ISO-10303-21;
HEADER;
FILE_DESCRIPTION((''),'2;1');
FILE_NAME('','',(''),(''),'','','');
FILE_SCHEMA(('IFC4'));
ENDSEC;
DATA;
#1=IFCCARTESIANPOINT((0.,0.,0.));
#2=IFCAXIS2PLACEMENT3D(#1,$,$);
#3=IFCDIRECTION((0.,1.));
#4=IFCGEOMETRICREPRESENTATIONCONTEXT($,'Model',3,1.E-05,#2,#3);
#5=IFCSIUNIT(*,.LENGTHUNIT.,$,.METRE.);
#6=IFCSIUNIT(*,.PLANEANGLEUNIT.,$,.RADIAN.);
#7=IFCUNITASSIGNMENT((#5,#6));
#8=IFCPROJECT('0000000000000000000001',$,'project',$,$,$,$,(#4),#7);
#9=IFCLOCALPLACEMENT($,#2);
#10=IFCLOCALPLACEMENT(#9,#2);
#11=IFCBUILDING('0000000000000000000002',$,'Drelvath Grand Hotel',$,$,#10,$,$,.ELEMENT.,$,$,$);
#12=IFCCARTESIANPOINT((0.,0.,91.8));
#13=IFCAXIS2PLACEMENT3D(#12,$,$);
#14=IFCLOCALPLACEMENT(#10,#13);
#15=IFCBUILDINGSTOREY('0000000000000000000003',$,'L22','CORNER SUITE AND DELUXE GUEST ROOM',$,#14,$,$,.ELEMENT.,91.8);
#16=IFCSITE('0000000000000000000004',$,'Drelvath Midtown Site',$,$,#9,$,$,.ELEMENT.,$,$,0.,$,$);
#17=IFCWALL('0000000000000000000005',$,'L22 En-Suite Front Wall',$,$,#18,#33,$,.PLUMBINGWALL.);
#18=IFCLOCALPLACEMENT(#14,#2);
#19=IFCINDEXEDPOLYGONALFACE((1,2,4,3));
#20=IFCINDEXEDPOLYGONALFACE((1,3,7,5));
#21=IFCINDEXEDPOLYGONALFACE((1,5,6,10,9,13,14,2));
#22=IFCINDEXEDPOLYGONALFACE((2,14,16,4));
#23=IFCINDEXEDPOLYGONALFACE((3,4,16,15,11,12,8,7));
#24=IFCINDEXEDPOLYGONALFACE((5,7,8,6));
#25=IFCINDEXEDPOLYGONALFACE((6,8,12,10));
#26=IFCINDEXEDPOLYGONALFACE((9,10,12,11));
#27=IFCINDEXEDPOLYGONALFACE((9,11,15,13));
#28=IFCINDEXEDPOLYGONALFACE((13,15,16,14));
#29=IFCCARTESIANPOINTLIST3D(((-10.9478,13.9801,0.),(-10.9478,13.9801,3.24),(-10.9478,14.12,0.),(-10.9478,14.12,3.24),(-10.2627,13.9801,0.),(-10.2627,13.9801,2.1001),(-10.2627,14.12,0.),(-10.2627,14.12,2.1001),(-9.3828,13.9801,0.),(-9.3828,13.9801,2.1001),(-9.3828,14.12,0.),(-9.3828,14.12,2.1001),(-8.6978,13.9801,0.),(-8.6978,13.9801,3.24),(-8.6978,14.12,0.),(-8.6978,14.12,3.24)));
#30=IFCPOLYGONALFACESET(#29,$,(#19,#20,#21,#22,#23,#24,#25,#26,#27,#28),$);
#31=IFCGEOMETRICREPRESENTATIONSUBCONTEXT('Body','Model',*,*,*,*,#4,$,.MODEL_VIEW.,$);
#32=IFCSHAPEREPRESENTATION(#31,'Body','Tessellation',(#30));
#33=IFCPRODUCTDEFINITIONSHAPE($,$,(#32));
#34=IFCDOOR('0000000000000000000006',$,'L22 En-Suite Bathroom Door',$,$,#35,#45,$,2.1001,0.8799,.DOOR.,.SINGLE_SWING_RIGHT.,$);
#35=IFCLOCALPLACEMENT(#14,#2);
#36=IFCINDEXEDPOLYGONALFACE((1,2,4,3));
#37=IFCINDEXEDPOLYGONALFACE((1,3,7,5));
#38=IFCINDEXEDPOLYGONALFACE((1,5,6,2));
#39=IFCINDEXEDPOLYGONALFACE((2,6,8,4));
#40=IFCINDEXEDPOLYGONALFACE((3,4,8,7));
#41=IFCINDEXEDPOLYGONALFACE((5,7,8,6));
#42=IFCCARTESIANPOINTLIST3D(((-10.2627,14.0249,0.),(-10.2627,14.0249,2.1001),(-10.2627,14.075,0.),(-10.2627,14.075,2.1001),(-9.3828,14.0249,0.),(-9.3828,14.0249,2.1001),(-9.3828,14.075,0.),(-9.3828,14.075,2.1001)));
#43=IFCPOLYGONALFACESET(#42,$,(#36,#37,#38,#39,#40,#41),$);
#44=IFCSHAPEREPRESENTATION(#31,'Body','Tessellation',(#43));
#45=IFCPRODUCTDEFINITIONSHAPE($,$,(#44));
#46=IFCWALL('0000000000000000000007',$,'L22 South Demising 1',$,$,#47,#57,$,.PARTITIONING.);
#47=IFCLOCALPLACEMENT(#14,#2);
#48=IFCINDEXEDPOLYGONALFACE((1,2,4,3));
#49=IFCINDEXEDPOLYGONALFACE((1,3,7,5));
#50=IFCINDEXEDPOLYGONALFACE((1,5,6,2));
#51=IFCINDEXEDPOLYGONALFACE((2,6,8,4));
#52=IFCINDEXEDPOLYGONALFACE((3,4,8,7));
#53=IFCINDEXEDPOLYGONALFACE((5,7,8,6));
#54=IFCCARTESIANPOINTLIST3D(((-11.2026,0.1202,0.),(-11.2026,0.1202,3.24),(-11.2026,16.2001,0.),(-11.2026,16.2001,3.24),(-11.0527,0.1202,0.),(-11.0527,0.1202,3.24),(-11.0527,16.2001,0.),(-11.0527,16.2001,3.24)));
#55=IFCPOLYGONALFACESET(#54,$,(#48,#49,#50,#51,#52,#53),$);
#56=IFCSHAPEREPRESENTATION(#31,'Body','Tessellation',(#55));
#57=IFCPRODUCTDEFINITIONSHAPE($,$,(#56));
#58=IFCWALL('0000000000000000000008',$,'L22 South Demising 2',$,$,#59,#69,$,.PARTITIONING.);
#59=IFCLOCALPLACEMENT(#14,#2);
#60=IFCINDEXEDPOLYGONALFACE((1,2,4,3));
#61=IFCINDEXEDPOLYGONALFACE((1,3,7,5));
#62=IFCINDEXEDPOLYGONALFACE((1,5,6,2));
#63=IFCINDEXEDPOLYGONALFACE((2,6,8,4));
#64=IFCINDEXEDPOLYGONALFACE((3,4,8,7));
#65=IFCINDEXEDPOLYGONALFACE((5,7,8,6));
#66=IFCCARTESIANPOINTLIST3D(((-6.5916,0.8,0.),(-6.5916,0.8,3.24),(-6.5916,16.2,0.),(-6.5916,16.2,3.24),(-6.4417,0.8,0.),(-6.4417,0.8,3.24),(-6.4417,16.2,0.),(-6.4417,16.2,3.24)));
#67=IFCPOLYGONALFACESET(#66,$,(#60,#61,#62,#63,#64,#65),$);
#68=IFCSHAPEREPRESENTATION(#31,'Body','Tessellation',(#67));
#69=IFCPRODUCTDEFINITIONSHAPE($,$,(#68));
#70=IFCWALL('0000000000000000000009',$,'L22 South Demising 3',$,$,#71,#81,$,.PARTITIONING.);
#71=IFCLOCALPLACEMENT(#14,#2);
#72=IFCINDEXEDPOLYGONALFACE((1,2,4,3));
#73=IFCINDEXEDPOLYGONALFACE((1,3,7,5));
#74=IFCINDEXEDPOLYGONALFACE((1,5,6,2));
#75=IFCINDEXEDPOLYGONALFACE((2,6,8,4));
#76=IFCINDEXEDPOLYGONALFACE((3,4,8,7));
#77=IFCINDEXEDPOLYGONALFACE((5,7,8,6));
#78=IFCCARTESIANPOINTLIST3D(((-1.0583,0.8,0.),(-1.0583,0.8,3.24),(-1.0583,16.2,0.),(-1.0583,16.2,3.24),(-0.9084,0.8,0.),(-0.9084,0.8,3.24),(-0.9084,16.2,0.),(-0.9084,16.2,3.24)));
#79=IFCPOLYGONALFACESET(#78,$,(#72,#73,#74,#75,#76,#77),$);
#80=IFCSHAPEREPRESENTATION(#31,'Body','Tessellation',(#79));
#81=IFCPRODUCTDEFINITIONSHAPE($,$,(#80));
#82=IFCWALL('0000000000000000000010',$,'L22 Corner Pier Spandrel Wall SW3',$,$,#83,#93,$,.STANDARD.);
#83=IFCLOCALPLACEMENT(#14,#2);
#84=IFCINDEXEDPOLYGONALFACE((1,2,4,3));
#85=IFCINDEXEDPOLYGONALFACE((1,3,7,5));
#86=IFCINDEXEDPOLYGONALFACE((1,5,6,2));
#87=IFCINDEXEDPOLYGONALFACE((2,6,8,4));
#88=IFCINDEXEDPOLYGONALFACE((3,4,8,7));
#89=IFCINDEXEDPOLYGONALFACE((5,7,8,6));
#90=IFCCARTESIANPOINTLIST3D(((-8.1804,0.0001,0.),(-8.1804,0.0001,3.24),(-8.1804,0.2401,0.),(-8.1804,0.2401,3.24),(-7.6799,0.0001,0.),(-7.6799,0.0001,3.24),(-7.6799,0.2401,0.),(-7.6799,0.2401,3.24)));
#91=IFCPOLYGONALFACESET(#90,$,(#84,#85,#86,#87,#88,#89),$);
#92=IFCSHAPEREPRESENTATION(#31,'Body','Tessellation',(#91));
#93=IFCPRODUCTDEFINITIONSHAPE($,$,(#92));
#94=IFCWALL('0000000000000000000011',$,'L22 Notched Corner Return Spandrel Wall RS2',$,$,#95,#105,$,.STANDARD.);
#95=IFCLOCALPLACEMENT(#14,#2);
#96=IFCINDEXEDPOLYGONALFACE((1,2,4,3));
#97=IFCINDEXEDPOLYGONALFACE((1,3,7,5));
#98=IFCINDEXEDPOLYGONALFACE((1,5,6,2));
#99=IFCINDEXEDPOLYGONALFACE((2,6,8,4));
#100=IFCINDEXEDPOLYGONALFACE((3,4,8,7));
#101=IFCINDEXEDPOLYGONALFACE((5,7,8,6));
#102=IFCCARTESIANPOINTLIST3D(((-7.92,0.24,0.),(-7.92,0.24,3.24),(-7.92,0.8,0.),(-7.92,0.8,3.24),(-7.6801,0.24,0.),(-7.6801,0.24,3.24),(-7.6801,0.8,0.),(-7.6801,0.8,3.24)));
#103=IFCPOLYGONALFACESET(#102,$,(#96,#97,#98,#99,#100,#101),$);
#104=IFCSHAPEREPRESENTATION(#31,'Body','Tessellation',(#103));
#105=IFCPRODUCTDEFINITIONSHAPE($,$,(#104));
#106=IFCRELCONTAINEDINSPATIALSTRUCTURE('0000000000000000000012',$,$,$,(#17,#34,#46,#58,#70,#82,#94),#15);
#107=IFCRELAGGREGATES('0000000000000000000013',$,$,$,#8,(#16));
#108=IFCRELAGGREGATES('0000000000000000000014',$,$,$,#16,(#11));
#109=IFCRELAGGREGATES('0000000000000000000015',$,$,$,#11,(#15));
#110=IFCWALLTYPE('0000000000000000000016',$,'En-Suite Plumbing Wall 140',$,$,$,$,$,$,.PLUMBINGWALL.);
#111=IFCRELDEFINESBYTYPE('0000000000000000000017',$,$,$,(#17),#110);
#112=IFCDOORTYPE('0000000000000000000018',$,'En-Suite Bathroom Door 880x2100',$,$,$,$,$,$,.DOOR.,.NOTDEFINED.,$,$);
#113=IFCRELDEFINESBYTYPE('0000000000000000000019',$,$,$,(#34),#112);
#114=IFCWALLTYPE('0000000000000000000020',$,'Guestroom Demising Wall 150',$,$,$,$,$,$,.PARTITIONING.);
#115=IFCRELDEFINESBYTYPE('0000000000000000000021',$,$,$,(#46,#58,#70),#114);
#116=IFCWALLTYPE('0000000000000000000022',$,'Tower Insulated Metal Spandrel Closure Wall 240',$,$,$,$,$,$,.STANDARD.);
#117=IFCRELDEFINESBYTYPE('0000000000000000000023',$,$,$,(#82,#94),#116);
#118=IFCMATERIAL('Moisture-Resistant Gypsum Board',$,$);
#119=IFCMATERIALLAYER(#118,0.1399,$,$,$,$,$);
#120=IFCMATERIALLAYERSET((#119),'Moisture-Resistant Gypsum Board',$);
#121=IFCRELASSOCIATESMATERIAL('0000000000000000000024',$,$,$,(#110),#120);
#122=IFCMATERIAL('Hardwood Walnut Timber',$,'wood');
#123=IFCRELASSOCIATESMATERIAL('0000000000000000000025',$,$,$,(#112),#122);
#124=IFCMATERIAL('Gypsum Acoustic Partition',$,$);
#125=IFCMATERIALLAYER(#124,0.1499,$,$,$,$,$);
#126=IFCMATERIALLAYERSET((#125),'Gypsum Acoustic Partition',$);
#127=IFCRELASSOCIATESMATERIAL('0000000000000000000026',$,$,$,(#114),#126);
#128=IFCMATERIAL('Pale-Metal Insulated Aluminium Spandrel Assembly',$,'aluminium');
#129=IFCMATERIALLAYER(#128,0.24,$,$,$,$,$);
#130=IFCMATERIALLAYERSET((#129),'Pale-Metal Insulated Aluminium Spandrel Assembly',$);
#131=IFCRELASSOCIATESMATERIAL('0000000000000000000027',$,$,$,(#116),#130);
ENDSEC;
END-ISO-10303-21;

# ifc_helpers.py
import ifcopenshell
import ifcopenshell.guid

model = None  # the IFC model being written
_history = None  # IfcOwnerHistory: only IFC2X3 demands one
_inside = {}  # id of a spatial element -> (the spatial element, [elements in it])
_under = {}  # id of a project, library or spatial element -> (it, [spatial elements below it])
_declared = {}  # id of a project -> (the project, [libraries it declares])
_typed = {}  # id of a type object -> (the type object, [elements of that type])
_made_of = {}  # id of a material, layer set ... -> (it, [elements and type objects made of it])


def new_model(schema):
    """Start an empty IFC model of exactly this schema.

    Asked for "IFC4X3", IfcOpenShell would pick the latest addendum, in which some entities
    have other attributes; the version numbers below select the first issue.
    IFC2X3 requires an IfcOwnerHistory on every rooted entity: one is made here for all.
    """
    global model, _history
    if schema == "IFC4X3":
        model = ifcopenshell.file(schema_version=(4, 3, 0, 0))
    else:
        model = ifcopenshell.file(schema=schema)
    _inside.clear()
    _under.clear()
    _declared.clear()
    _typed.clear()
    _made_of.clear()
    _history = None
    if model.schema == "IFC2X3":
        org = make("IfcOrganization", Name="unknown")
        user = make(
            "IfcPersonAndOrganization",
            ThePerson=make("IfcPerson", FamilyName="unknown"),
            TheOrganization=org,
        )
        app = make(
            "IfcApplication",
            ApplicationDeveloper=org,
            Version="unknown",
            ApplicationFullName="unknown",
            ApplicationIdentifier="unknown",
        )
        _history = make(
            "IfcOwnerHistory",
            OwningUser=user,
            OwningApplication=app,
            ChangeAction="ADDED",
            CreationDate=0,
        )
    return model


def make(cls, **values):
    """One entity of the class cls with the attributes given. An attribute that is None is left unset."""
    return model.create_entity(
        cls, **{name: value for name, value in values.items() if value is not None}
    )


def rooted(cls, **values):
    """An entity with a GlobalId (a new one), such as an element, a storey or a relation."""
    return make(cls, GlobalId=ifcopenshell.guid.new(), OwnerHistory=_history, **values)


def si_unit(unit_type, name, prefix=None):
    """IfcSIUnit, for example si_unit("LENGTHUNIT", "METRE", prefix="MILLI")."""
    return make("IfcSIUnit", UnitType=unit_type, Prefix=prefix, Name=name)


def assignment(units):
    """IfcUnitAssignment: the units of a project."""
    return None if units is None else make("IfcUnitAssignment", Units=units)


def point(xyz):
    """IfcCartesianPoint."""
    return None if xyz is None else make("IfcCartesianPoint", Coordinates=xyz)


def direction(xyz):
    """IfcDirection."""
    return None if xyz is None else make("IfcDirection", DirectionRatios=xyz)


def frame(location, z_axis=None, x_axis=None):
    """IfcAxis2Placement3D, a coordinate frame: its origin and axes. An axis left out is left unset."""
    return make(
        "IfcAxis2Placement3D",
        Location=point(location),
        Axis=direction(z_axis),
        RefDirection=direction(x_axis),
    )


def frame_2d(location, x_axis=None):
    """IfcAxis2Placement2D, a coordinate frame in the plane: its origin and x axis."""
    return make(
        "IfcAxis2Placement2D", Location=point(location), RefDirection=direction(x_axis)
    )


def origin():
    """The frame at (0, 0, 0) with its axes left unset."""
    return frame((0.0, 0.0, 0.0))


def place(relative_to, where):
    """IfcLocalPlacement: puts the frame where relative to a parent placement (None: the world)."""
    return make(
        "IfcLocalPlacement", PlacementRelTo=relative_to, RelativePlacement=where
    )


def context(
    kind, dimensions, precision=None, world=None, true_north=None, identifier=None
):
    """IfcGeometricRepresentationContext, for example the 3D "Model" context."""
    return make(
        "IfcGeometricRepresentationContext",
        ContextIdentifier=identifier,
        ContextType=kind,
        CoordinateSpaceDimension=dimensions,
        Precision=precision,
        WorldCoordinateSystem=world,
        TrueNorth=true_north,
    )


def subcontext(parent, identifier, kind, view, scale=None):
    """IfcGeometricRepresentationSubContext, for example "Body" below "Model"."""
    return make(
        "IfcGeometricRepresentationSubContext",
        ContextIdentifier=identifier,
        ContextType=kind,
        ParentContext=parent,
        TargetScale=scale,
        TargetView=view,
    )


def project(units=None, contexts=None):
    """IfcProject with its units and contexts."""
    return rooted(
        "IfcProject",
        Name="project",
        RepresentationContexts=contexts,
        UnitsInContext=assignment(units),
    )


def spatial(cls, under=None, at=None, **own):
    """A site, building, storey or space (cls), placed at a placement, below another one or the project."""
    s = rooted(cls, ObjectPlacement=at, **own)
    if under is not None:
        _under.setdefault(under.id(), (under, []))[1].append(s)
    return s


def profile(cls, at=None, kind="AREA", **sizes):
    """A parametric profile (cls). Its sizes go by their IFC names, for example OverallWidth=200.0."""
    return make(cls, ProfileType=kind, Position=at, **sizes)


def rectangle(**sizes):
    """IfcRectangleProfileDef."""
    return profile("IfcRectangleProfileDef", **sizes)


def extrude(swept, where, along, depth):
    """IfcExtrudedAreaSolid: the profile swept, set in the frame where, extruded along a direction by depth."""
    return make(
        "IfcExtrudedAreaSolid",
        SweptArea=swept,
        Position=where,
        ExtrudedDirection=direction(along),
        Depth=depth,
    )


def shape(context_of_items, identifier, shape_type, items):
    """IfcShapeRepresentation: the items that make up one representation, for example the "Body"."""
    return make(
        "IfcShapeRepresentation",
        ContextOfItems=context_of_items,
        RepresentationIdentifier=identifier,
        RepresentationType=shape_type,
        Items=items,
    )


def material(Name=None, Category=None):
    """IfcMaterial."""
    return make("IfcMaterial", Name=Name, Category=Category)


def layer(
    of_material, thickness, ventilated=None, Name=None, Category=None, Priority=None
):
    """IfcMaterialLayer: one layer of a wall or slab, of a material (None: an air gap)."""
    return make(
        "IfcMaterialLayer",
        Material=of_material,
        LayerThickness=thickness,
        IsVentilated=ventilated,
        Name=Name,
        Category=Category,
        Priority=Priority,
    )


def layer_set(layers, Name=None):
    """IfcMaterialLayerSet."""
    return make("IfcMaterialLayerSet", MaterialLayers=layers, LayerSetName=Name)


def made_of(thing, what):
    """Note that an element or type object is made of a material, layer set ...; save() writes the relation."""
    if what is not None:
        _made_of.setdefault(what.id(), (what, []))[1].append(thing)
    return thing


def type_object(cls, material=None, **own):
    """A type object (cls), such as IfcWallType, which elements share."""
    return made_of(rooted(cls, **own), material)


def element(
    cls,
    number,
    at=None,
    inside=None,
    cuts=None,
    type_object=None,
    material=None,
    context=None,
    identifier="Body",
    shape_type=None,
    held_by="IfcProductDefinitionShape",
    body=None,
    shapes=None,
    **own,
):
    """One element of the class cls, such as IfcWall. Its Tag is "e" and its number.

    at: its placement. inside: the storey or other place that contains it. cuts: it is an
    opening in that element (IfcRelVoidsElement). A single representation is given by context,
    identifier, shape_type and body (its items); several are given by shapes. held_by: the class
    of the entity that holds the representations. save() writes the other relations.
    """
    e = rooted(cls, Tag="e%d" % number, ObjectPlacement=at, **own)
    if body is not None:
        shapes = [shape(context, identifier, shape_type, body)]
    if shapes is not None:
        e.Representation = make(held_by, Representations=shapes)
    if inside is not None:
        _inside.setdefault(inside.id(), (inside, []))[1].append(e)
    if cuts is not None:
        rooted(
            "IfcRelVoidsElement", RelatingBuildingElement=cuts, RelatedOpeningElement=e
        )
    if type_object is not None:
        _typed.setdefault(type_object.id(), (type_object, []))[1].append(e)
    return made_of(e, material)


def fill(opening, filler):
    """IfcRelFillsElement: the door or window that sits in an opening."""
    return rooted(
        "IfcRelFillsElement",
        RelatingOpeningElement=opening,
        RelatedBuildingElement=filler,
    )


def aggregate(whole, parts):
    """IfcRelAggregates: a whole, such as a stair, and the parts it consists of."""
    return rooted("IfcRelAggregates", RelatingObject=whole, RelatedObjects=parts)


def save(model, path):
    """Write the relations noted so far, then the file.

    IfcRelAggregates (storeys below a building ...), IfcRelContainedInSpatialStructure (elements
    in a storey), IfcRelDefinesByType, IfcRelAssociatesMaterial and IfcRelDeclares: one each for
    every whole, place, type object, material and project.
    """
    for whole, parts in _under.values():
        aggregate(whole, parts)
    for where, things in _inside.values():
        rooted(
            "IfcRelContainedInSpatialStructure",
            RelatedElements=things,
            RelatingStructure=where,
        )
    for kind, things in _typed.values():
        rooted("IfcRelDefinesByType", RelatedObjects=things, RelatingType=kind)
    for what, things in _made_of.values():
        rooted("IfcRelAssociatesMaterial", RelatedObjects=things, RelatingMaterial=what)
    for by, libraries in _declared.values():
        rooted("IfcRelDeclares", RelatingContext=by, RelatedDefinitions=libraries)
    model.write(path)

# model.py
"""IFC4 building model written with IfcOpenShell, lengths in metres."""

from ifc_helpers import new_model, si_unit, direction, frame, frame_2d, origin, place, context, subcontext, project, spatial, rectangle, extrude, material, layer, layer_set, type_object, element, fill, save


model = new_model("IFC4")

# Units and contexts
model_context = context("Model", 3, precision=1e-05, world=origin(), true_north=direction((0.0, 1.0)))
body_context = subcontext(model_context, "Body", "Model", "MODEL_VIEW")
ifc_project = project(units=[si_unit("LENGTHUNIT", "METRE"), si_unit("PLANEANGLEUNIT", "RADIAN")], contexts=[model_context])

# Site, building, storey
site_placement = place(None, origin())
site = spatial("IfcSite", under=ifc_project, at=site_placement, Name="Drelvath Midtown Site", CompositionType="ELEMENT", RefElevation=0.0)
building_placement = place(site_placement, origin())
building = spatial("IfcBuilding", under=site, at=building_placement, Name="Drelvath Grand Hotel", CompositionType="ELEMENT")
storey_placement = place(building_placement, frame((0.0, 0.0, 91.8)))
storey = spatial("IfcBuildingStorey", under=building, at=storey_placement, Name="L22", Description="CORNER SUITE AND DELUXE GUEST ROOM", CompositionType="ELEMENT", Elevation=91.8)

# Wall, opening, door
ifc_material_1 = material(Name="Moisture-Resistant Gypsum Board")
ifc_layer_1 = layer(ifc_material_1, 0.1399)
ifc_layer_set_1 = layer_set([ifc_layer_1], Name="Moisture-Resistant Gypsum Board")
wall_type_1 = type_object("IfcWallType", Name="En-Suite Plumbing Wall 140", PredefinedType="PLUMBINGWALL", material=ifc_layer_set_1)
ifc_material_2 = material(Name="Hardwood Walnut Timber", Category="wood")
door_type = type_object("IfcDoorType", Name="En-Suite Bathroom Door 880x2100", OperationType="NOTDEFINED", PredefinedType="DOOR", material=ifc_material_2)
wall_1_placement = place(storey_placement, frame((-10.9478, 14.05, 0.0), z_axis=(0.0, 0.0, 1.0), x_axis=(1.0, 0.0, 0.0)))
wall_1 = element("IfcWall", 1, at=wall_1_placement, inside=storey, type_object=wall_type_1, Name="L22 En-Suite Front Wall", PredefinedType="PLUMBINGWALL", context=body_context, shape_type="SweptSolid", body=[
    extrude(rectangle(XDim=2.25, YDim=0.1399, at=frame_2d((1.125, 0.0))), origin(), (0.0, 0.0, 1.0), 3.24),
])
opening_1_placement = place(wall_1_placement, frame((0.6851, 0.0, 0.0)))
opening_1 = element("IfcOpeningElement", 2, at=opening_1_placement, cuts=wall_1, PredefinedType="OPENING", context=body_context, shape_type="SweptSolid", body=[
    extrude(rectangle(XDim=0.8799, YDim=2.1001, at=frame_2d((0.4399, 1.05))), frame((0.0, 0.0798, 0.0), z_axis=(0.0, -1.0, 0.0), x_axis=(1.0, 0.0, 0.0)), (0.0, 0.0, 1.0), 0.1599),
])
door_1_placement = place(opening_1_placement, origin())
door_1 = element("IfcDoor", 3, at=door_1_placement, inside=storey, type_object=door_type, Name="L22 En-Suite Bathroom Door", OperationType="SINGLE_SWING_RIGHT", OverallHeight=2.1001, OverallWidth=0.8799, PredefinedType="DOOR", context=body_context, shape_type="SweptSolid", body=[
    extrude(rectangle(XDim=0.8799, YDim=2.1001, at=frame_2d((0.4399, 1.05))), frame((0.0, 0.0249, 0.0), z_axis=(0.0, -1.0, 0.0), x_axis=(1.0, 0.0, 0.0)), (0.0, 0.0, 1.0), 0.05),
])
fill(opening_1, door_1)

# Walls
ifc_material_3 = material(Name="Gypsum Acoustic Partition")
ifc_layer_2 = layer(ifc_material_3, 0.1499)
ifc_layer_set_2 = layer_set([ifc_layer_2], Name="Gypsum Acoustic Partition")
wall_type_2 = type_object("IfcWallType", Name="Guestroom Demising Wall 150", PredefinedType="PARTITIONING", material=ifc_layer_set_2)
wall_2_placement = place(storey_placement, frame((-11.1277, 0.1201, 0.0), z_axis=(0.0, 0.0, 1.0), x_axis=(0.0, 1.0, 0.0)))
element("IfcWall", 4, at=wall_2_placement, inside=storey, type_object=wall_type_2, Name="L22 South Demising 1", PredefinedType="PARTITIONING", context=body_context, shape_type="SweptSolid", body=[
    extrude(rectangle(XDim=16.0798, YDim=0.1499, at=frame_2d((8.04, 0.0))), origin(), (0.0, 0.0, 1.0), 3.24),
])
for number, where, z_axis, x_axis, name in (
    (5, (-6.5166, 0.8, 0.0), (0.0, 0.0, 1.0), (0.0, 1.0, 0.0), "L22 South Demising 2"),
    (6, (-0.9834, 0.8, 0.0), (0.0, 0.0, 1.0), (0.0, 1.0, 0.0), "L22 South Demising 3"),
):
    element("IfcWall", number, at=place(storey_placement, frame(where, z_axis=z_axis, x_axis=x_axis)), inside=storey, type_object=wall_type_2, Name=name, PredefinedType="PARTITIONING", context=body_context, shape_type="SweptSolid", body=[
        extrude(rectangle(XDim=15.3999, YDim=0.1499, at=frame_2d((7.7, 0.0))), origin(), (0.0, 0.0, 1.0), 3.24),
    ])
ifc_material_4 = material(Name="Pale-Metal Insulated Aluminium Spandrel Assembly", Category="aluminium")
ifc_layer_3 = layer(ifc_material_4, 0.24)
ifc_layer_set_3 = layer_set([ifc_layer_3], Name="Pale-Metal Insulated Aluminium Spandrel Assembly")
wall_type_3 = type_object("IfcWallType", Name="Tower Insulated Metal Spandrel Closure Wall 240", PredefinedType="STANDARD", material=ifc_layer_set_3)
wall_3_placement = place(storey_placement, frame((-7.6799, 0.1201, 0.0), z_axis=(0.0, 0.0, 1.0), x_axis=(-1.0, 0.0, 0.0)))
element("IfcWall", 7, at=wall_3_placement, inside=storey, type_object=wall_type_3, Name="L22 Corner Pier Spandrel Wall SW3", PredefinedType="STANDARD", context=body_context, shape_type="SweptSolid", body=[
    extrude(rectangle(XDim=0.5005, YDim=0.24, at=frame_2d((0.2502, 0.0))), origin(), (0.0, 0.0, 1.0), 3.24),
])
wall_4_placement = place(storey_placement, frame((-7.8, 0.8, 0.0), z_axis=(0.0, 0.0, 1.0), x_axis=(0.0, -1.0, 0.0)))
element("IfcWall", 8, at=wall_4_placement, inside=storey, type_object=wall_type_3, Name="L22 Notched Corner Return Spandrel Wall RS2", PredefinedType="STANDARD", context=body_context, shape_type="SweptSolid", body=[
    extrude(rectangle(XDim=0.5601, YDim=0.24, at=frame_2d((0.28, 0.0))), origin(), (0.0, 0.0, 1.0), 3.24),
])

save(model, "model.ifc")
